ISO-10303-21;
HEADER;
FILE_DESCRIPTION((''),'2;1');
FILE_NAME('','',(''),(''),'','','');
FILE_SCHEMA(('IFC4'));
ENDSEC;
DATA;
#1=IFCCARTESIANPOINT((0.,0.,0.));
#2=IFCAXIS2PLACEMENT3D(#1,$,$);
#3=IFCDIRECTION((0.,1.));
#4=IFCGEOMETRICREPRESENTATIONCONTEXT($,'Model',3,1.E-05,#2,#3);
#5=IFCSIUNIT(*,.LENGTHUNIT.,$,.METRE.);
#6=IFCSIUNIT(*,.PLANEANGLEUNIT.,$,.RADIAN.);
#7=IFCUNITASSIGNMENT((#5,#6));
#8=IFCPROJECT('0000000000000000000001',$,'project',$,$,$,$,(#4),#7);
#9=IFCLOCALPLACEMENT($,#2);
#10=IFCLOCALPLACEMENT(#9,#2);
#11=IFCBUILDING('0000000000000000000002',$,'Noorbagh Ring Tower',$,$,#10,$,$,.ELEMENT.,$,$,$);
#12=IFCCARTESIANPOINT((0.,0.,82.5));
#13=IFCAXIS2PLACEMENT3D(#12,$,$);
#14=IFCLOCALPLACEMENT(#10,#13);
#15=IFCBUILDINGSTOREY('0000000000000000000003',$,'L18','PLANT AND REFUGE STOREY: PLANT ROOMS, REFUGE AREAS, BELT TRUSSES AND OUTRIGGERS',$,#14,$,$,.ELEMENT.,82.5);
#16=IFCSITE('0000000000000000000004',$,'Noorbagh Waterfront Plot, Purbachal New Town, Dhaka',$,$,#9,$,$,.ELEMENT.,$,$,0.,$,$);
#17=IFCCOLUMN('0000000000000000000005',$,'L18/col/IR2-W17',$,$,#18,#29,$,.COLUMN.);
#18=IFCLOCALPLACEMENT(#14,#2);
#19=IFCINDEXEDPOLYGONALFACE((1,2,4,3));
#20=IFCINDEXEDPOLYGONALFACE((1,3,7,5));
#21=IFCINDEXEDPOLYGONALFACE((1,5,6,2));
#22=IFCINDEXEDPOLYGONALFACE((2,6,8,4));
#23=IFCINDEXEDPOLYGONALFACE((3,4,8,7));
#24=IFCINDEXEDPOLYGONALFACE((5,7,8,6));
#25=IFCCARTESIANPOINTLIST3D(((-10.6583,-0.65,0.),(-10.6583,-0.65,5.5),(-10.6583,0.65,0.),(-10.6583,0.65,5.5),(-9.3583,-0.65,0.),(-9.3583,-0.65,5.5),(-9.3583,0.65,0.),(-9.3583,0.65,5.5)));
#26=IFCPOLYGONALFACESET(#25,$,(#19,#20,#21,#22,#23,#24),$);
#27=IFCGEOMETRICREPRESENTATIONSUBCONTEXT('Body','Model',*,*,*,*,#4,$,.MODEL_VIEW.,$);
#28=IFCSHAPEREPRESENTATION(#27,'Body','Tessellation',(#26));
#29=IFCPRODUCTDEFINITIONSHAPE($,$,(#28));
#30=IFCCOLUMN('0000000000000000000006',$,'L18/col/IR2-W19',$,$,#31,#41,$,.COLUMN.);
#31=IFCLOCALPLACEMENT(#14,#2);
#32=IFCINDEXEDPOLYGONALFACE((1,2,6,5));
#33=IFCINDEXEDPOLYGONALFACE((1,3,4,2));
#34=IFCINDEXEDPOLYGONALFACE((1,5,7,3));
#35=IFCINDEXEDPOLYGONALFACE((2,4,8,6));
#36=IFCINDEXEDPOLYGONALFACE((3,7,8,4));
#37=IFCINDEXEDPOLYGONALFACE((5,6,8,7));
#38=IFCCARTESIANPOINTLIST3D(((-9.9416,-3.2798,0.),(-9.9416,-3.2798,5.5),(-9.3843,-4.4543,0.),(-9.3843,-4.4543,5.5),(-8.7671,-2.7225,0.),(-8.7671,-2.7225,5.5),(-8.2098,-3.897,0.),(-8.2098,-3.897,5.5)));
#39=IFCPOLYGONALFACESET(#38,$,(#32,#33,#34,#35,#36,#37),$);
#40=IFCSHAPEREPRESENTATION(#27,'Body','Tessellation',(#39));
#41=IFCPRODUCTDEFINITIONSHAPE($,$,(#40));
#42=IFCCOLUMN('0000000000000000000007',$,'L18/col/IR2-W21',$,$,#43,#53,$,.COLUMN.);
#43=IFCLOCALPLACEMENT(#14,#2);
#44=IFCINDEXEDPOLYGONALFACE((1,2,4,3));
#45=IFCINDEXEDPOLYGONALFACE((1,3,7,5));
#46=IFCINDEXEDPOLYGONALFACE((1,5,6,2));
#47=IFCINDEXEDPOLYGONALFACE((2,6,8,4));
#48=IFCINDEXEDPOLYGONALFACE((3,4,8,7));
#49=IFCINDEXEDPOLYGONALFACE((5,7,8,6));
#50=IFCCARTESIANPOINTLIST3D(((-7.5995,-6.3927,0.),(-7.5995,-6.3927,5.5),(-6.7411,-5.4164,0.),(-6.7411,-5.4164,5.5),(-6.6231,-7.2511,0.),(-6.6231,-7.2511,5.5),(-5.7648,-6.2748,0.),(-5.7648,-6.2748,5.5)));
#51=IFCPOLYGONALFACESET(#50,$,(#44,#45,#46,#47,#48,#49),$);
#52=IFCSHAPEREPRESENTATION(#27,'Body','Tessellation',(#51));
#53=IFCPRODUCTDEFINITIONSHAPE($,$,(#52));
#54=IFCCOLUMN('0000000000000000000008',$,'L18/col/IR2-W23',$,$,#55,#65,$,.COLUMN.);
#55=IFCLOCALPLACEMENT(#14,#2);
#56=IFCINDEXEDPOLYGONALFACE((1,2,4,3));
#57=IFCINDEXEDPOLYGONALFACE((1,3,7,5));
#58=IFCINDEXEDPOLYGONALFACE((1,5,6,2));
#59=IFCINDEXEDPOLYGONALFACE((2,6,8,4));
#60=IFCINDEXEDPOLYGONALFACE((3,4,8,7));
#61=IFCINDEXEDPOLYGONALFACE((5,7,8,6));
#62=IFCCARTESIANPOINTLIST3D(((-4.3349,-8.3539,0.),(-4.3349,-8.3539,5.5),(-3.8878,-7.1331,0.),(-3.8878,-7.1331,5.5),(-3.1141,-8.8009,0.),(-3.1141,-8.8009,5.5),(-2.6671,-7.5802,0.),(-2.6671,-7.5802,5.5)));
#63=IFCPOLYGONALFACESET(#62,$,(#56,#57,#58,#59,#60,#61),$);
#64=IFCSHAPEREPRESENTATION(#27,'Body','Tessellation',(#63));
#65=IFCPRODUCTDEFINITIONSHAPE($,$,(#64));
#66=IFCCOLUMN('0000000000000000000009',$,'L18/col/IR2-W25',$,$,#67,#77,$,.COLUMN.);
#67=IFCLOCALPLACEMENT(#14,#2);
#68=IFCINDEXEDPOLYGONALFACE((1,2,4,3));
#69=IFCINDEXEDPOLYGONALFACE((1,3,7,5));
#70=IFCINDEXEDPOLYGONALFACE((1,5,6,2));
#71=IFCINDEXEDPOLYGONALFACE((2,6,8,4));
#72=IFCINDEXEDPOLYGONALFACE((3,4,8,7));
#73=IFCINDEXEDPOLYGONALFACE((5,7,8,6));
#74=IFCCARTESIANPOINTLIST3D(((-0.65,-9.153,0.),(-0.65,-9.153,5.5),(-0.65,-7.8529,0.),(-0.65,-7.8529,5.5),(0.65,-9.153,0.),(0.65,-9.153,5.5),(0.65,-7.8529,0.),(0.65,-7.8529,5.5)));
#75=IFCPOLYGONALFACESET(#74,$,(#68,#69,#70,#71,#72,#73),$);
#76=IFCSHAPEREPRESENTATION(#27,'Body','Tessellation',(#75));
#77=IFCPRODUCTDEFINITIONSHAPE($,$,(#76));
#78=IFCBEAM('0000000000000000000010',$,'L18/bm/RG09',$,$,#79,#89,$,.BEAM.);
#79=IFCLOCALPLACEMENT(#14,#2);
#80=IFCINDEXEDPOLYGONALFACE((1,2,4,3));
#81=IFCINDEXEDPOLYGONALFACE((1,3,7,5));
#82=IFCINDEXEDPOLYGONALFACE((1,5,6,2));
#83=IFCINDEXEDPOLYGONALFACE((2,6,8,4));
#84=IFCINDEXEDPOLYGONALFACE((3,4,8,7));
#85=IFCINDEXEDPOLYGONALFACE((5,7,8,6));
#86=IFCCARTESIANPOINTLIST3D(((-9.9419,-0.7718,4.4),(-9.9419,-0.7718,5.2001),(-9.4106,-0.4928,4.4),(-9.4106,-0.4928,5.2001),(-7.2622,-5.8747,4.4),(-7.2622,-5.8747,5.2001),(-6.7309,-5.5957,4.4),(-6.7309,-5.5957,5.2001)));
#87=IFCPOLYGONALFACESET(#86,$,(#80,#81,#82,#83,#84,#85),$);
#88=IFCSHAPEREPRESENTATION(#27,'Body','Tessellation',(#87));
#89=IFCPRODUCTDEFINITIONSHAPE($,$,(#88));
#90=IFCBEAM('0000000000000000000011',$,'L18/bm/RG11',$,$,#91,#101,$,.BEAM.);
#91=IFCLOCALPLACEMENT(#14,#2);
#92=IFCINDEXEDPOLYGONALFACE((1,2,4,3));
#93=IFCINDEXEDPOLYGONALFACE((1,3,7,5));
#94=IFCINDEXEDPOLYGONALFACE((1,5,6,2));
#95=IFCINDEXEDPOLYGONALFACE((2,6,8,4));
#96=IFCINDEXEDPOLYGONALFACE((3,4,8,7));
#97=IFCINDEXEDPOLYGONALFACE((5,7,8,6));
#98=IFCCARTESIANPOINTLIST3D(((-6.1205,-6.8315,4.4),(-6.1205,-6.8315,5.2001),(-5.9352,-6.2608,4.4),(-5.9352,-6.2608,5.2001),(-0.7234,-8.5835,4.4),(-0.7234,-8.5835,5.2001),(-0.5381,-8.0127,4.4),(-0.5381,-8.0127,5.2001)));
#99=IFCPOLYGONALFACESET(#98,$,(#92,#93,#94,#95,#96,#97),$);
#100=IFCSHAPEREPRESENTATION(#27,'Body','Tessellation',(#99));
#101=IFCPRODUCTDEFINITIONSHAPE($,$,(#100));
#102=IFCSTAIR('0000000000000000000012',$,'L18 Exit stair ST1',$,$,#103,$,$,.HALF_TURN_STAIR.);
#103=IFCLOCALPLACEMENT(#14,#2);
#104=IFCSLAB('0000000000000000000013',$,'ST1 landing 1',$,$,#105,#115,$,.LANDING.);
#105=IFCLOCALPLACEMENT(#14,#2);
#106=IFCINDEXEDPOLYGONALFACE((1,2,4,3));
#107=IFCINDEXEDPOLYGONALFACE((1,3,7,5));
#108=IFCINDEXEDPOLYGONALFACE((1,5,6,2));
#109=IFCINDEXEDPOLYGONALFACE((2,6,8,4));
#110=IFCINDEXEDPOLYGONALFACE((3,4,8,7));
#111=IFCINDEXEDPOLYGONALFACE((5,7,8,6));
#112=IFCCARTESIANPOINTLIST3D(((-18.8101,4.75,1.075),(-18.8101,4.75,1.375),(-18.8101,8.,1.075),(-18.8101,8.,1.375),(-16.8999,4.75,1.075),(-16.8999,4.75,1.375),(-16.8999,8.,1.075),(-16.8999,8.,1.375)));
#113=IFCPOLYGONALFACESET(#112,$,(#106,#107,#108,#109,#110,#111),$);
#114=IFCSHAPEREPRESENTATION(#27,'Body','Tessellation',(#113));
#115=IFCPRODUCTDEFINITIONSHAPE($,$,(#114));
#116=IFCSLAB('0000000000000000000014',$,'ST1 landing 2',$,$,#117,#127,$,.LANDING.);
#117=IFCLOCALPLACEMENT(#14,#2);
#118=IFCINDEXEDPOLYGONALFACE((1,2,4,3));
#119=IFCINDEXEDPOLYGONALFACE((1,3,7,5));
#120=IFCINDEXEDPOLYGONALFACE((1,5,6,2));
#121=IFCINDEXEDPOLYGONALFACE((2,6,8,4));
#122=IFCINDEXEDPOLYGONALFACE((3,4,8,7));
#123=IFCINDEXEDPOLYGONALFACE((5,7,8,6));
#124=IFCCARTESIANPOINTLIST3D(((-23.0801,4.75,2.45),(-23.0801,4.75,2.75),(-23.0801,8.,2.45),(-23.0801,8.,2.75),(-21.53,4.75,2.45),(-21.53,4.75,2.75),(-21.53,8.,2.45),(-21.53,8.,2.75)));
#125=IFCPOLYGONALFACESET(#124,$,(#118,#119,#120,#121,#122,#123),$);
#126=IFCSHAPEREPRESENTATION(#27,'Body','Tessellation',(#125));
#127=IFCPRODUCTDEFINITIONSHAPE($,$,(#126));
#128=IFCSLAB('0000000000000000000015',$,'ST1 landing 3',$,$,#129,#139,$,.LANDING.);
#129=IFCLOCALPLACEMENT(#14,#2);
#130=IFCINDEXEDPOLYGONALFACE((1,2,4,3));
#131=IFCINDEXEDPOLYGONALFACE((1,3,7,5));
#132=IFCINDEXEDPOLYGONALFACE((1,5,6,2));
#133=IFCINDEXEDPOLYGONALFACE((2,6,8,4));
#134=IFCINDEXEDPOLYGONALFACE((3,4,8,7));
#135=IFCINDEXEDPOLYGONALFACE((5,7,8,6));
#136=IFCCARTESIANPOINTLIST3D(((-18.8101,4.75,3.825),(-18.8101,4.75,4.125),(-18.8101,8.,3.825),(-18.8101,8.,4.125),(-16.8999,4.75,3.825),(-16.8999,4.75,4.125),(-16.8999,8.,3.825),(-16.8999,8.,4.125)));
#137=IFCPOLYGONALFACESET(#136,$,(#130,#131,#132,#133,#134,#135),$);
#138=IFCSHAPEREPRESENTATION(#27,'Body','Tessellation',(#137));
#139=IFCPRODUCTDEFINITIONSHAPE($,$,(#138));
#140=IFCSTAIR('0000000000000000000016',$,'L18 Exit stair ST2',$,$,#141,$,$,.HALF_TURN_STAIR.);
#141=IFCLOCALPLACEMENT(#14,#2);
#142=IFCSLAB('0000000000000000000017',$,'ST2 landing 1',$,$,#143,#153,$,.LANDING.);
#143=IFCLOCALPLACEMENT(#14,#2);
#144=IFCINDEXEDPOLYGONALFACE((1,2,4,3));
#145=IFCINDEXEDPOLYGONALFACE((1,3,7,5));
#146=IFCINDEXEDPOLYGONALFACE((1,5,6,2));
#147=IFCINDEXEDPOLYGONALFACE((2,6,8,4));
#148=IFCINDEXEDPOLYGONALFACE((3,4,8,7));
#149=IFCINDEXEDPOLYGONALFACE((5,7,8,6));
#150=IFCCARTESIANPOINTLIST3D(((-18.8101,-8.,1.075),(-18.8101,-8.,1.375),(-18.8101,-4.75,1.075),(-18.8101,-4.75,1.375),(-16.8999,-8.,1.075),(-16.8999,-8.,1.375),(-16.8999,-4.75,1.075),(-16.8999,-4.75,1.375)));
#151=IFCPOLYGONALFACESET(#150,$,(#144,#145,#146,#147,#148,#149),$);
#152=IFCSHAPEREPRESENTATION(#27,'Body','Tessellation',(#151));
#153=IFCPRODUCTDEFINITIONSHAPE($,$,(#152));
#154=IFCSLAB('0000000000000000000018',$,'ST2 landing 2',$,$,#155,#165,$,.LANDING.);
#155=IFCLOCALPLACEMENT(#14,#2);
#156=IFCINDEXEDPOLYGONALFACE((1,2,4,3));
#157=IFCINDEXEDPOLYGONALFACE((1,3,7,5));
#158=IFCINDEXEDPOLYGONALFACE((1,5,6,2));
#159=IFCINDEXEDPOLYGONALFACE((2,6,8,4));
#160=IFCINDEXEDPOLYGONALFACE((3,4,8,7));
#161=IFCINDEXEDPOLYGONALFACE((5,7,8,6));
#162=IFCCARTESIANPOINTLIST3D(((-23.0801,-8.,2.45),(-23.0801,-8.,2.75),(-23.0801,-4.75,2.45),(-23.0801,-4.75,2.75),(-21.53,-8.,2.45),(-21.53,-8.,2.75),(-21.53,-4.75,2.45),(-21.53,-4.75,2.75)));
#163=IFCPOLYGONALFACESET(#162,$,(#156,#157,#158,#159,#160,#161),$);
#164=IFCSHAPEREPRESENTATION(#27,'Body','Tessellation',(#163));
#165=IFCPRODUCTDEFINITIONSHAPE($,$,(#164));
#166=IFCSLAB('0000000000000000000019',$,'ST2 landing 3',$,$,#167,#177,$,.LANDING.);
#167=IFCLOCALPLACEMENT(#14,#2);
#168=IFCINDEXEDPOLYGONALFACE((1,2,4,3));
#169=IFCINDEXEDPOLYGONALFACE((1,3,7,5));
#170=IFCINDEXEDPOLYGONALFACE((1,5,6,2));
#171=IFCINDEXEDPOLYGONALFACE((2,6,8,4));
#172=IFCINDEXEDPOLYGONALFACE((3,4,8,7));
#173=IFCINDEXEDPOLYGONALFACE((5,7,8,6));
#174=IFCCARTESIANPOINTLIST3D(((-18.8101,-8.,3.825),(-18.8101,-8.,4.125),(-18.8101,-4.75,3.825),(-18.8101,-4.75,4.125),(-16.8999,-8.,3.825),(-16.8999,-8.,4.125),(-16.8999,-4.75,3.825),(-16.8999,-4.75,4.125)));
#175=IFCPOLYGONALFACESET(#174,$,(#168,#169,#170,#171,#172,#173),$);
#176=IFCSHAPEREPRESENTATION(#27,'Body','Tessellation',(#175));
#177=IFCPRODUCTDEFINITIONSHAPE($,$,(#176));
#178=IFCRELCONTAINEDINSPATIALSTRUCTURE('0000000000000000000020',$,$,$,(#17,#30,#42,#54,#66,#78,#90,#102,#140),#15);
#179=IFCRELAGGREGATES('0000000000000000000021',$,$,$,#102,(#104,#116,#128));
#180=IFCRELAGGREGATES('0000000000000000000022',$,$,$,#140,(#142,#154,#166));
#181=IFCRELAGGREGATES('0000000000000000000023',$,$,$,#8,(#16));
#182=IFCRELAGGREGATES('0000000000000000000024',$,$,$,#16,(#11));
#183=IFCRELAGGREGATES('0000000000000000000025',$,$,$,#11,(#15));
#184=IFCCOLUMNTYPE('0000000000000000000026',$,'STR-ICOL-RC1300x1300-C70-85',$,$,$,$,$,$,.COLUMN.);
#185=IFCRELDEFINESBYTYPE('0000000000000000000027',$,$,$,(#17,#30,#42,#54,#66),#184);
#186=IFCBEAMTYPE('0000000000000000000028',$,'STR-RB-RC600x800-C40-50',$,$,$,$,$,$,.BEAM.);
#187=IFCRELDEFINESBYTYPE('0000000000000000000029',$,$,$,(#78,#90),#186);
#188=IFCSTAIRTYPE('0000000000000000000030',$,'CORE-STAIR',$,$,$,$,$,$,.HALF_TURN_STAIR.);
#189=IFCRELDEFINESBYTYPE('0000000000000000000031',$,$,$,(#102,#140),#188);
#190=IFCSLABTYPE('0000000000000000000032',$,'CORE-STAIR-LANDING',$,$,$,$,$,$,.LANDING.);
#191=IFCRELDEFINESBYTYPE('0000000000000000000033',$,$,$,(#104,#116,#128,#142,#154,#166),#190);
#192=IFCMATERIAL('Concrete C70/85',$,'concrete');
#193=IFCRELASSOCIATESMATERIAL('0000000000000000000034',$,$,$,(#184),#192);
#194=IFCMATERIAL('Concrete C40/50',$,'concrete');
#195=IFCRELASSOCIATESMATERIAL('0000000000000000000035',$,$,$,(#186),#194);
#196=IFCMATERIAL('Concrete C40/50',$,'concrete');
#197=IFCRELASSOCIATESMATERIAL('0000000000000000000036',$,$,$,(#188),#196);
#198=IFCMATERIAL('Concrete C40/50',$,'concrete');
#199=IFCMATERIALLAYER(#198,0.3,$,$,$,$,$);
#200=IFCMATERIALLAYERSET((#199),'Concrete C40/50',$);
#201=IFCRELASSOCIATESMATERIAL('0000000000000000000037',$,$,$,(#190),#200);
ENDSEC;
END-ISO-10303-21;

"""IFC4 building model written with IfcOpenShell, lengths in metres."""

from ifc_helpers import new_model, si_unit, direction, frame, origin, origin_2d, place, context, subcontext, project, spatial, polyline, rectangle, outline, extrude, material, layer, layer_set, material_profile, profile_set, type_object, element, aggregate, save


model = new_model("IFC4")

# Units and contexts
model_context = context("Model", 3, precision=1e-05, world=origin(), true_north=direction((0.0, 1.0)))
body_context = subcontext(model_context, "Body", "Model", "MODEL_VIEW")
ifc_project = project(units=[si_unit("LENGTHUNIT", "METRE"), si_unit("PLANEANGLEUNIT", "RADIAN")], contexts=[model_context])

# Site, building, storey
site_placement = place(None, origin())
site = spatial("IfcSite", under=ifc_project, at=site_placement, Name="Noorbagh Waterfront Plot, Purbachal New Town, Dhaka", CompositionType="ELEMENT", RefElevation=0.0)
building_placement = place(site_placement, origin())
building = spatial("IfcBuilding", under=site, at=building_placement, Name="Noorbagh Ring Tower", CompositionType="ELEMENT")
storey_placement = place(building_placement, frame((0.0, 0.0, 82.5)))
storey = spatial("IfcBuildingStorey", under=building, at=storey_placement, Name="L18", Description="PLANT AND REFUGE STOREY: PLANT ROOMS, REFUGE AREAS, BELT TRUSSES AND OUTRIGGERS", CompositionType="ELEMENT", Elevation=82.5)

# Columns
ifc_material_1 = material(Name="Concrete C70/85", Category="concrete")
ifc_material_profile_1 = material_profile(ifc_material_1, rectangle(XDim=1.3, YDim=1.3, at=origin_2d()), Name="RC1300x1300")
ifc_profile_set_1 = profile_set([ifc_material_profile_1], Name="Concrete C70/85")
column_type = type_object("IfcColumnType", Name="STR-ICOL-RC1300x1300-C70-85", PredefinedType="COLUMN", material=ifc_profile_set_1)
for number, where, z_axis, x_axis, name in (
    (1, (-10.0083, 0.0, 0.0), (0.0, 0.0, 1.0), (0.0, -1.0, 0.0), "L18/col/IR2-W17"),
    (2, (-9.0757, -3.5884, 0.0), (0.0, 0.0, 1.0), (0.428667, -0.903463, 0.0), "L18/col/IR2-W19"),
    (3, (-6.6821, -6.3337, 0.0), (0.0, 0.0, 1.0), (0.751022, -0.660277, 0.0), "L18/col/IR2-W21"),
    (4, (-3.501, -7.967, 0.0), (0.0, 0.0, 1.0), (0.93902, -0.343864, 0.0), "L18/col/IR2-W23"),
    (5, (0.0, -8.5029, 0.0), (0.0, 0.0, 1.0), (1.0, 0.0, 0.0), "L18/col/IR2-W25"),
):
    element("IfcColumn", number, at=place(storey_placement, frame(where, z_axis=z_axis, x_axis=x_axis)), inside=storey, type_object=column_type, Name=name, PredefinedType="COLUMN", context=body_context, shape_type="SweptSolid", body=[
        extrude(rectangle(XDim=1.3, YDim=1.3, at=origin_2d()), origin(), (0.0, 0.0, 1.0), 5.5),
    ])

# Beams
ifc_material_2 = material(Name="Concrete C40/50", Category="concrete")
ifc_material_profile_2 = material_profile(ifc_material_2, rectangle(XDim=0.6001, YDim=0.8, at=origin_2d()), Name="RC600x800")
ifc_profile_set_2 = profile_set([ifc_material_profile_2], Name="Concrete C40/50")
beam_type = type_object("IfcBeamType", Name="STR-RB-RC600x800-C40-50", PredefinedType="BEAM", material=ifc_profile_set_2)
beam_1_placement = place(storey_placement, frame((-9.6763, -0.6323, 4.8), z_axis=(0.464933, -0.885346, 0.0), x_axis=(0.885346, 0.464933, 0.0)))
element("IfcBeam", 6, at=beam_1_placement, inside=storey, type_object=beam_type, Name="L18/bm/RG09", PredefinedType="BEAM", context=body_context, shape_type="SweptSolid", body=[
    extrude(rectangle(XDim=0.6001, YDim=0.8, at=origin_2d()), origin(), (0.0, 0.0, 1.0), 5.7637),
])
beam_2_placement = place(storey_placement, frame((-6.0278, -6.5461, 4.8), z_axis=(0.951141, -0.308757, 0.0), x_axis=(0.308757, 0.951141, 0.0)))
element("IfcBeam", 7, at=beam_2_placement, inside=storey, type_object=beam_type, Name="L18/bm/RG11", PredefinedType="BEAM", context=body_context, shape_type="SweptSolid", body=[
    extrude(rectangle(XDim=0.6001, YDim=0.8, at=origin_2d()), origin(), (0.0, 0.0, 1.0), 5.6743),
])

# Stairs, slabs
ifc_material_3 = material(Name="Concrete C40/50", Category="concrete")
stair_type = type_object("IfcStairType", Name="CORE-STAIR", PredefinedType="HALF_TURN_STAIR", material=ifc_material_3)
stair_1_placement = place(storey_placement, origin())
stair_1 = element("IfcStair", 8, at=stair_1_placement, inside=storey, type_object=stair_type, Name="L18 Exit stair ST1", PredefinedType="HALF_TURN_STAIR")
ifc_material_4 = material(Name="Concrete C40/50", Category="concrete")
ifc_layer_1 = layer(ifc_material_4, 0.3)
ifc_layer_set_1 = layer_set([ifc_layer_1], Name="Concrete C40/50")
slab_type_1 = type_object("IfcSlabType", Name="CORE-STAIR-LANDING", PredefinedType="LANDING", material=ifc_layer_set_1)
slab_1_placement = place(storey_placement, frame((0.0, 0.0, 1.075)))
slab_1 = element("IfcSlab", 9, at=slab_1_placement, type_object=slab_type_1, Name="ST1 landing 1", PredefinedType="LANDING", context=body_context, shape_type="SweptSolid", body=[
    extrude(outline(polyline([(-18.8101, 4.75), (-16.8999, 4.75), (-16.8999, 8.0), (-18.8101, 8.0), (-18.8101, 4.75)])), origin(), (0.0, 0.0, 1.0), 0.3),
])
slab_2_placement = place(storey_placement, frame((0.0, 0.0, 2.45)))
slab_2 = element("IfcSlab", 10, at=slab_2_placement, type_object=slab_type_1, Name="ST1 landing 2", PredefinedType="LANDING", context=body_context, shape_type="SweptSolid", body=[
    extrude(outline(polyline([(-23.0801, 4.75), (-21.53, 4.75), (-21.53, 8.0), (-23.0801, 8.0), (-23.0801, 4.75)])), origin(), (0.0, 0.0, 1.0), 0.3),
])
slab_3_placement = place(storey_placement, frame((0.0, 0.0, 3.825)))
slab_3 = element("IfcSlab", 11, at=slab_3_placement, type_object=slab_type_1, Name="ST1 landing 3", PredefinedType="LANDING", context=body_context, shape_type="SweptSolid", body=[
    extrude(outline(polyline([(-18.8101, 4.75), (-16.8999, 4.75), (-16.8999, 8.0), (-18.8101, 8.0), (-18.8101, 4.75)])), origin(), (0.0, 0.0, 1.0), 0.3),
])
aggregate(stair_1, [slab_1, slab_2, slab_3])
stair_2_placement = place(storey_placement, origin())
stair_2 = element("IfcStair", 12, at=stair_2_placement, inside=storey, type_object=stair_type, Name="L18 Exit stair ST2", PredefinedType="HALF_TURN_STAIR")
slab_4_placement = place(storey_placement, frame((0.0, 0.0, 1.075)))
slab_4 = element("IfcSlab", 13, at=slab_4_placement, type_object=slab_type_1, Name="ST2 landing 1", PredefinedType="LANDING", context=body_context, shape_type="SweptSolid", body=[
    extrude(outline(polyline([(-18.8101, -8.0), (-16.8999, -8.0), (-16.8999, -4.75), (-18.8101, -4.75), (-18.8101, -8.0)])), origin(), (0.0, 0.0, 1.0), 0.3),
])
slab_5_placement = place(storey_placement, frame((0.0, 0.0, 2.45)))
slab_5 = element("IfcSlab", 14, at=slab_5_placement, type_object=slab_type_1, Name="ST2 landing 2", PredefinedType="LANDING", context=body_context, shape_type="SweptSolid", body=[
    extrude(outline(polyline([(-23.0801, -8.0), (-21.53, -8.0), (-21.53, -4.75), (-23.0801, -4.75), (-23.0801, -8.0)])), origin(), (0.0, 0.0, 1.0), 0.3),
])
slab_6_placement = place(storey_placement, frame((0.0, 0.0, 3.825)))
slab_6 = element("IfcSlab", 15, at=slab_6_placement, type_object=slab_type_1, Name="ST2 landing 3", PredefinedType="LANDING", context=body_context, shape_type="SweptSolid", body=[
    extrude(outline(polyline([(-18.8101, -8.0), (-16.8999, -8.0), (-16.8999, -4.75), (-18.8101, -4.75), (-18.8101, -8.0)])), origin(), (0.0, 0.0, 1.0), 0.3),
])
aggregate(stair_2, [slab_4, slab_5, slab_6])

save(model, "model.ifc")
